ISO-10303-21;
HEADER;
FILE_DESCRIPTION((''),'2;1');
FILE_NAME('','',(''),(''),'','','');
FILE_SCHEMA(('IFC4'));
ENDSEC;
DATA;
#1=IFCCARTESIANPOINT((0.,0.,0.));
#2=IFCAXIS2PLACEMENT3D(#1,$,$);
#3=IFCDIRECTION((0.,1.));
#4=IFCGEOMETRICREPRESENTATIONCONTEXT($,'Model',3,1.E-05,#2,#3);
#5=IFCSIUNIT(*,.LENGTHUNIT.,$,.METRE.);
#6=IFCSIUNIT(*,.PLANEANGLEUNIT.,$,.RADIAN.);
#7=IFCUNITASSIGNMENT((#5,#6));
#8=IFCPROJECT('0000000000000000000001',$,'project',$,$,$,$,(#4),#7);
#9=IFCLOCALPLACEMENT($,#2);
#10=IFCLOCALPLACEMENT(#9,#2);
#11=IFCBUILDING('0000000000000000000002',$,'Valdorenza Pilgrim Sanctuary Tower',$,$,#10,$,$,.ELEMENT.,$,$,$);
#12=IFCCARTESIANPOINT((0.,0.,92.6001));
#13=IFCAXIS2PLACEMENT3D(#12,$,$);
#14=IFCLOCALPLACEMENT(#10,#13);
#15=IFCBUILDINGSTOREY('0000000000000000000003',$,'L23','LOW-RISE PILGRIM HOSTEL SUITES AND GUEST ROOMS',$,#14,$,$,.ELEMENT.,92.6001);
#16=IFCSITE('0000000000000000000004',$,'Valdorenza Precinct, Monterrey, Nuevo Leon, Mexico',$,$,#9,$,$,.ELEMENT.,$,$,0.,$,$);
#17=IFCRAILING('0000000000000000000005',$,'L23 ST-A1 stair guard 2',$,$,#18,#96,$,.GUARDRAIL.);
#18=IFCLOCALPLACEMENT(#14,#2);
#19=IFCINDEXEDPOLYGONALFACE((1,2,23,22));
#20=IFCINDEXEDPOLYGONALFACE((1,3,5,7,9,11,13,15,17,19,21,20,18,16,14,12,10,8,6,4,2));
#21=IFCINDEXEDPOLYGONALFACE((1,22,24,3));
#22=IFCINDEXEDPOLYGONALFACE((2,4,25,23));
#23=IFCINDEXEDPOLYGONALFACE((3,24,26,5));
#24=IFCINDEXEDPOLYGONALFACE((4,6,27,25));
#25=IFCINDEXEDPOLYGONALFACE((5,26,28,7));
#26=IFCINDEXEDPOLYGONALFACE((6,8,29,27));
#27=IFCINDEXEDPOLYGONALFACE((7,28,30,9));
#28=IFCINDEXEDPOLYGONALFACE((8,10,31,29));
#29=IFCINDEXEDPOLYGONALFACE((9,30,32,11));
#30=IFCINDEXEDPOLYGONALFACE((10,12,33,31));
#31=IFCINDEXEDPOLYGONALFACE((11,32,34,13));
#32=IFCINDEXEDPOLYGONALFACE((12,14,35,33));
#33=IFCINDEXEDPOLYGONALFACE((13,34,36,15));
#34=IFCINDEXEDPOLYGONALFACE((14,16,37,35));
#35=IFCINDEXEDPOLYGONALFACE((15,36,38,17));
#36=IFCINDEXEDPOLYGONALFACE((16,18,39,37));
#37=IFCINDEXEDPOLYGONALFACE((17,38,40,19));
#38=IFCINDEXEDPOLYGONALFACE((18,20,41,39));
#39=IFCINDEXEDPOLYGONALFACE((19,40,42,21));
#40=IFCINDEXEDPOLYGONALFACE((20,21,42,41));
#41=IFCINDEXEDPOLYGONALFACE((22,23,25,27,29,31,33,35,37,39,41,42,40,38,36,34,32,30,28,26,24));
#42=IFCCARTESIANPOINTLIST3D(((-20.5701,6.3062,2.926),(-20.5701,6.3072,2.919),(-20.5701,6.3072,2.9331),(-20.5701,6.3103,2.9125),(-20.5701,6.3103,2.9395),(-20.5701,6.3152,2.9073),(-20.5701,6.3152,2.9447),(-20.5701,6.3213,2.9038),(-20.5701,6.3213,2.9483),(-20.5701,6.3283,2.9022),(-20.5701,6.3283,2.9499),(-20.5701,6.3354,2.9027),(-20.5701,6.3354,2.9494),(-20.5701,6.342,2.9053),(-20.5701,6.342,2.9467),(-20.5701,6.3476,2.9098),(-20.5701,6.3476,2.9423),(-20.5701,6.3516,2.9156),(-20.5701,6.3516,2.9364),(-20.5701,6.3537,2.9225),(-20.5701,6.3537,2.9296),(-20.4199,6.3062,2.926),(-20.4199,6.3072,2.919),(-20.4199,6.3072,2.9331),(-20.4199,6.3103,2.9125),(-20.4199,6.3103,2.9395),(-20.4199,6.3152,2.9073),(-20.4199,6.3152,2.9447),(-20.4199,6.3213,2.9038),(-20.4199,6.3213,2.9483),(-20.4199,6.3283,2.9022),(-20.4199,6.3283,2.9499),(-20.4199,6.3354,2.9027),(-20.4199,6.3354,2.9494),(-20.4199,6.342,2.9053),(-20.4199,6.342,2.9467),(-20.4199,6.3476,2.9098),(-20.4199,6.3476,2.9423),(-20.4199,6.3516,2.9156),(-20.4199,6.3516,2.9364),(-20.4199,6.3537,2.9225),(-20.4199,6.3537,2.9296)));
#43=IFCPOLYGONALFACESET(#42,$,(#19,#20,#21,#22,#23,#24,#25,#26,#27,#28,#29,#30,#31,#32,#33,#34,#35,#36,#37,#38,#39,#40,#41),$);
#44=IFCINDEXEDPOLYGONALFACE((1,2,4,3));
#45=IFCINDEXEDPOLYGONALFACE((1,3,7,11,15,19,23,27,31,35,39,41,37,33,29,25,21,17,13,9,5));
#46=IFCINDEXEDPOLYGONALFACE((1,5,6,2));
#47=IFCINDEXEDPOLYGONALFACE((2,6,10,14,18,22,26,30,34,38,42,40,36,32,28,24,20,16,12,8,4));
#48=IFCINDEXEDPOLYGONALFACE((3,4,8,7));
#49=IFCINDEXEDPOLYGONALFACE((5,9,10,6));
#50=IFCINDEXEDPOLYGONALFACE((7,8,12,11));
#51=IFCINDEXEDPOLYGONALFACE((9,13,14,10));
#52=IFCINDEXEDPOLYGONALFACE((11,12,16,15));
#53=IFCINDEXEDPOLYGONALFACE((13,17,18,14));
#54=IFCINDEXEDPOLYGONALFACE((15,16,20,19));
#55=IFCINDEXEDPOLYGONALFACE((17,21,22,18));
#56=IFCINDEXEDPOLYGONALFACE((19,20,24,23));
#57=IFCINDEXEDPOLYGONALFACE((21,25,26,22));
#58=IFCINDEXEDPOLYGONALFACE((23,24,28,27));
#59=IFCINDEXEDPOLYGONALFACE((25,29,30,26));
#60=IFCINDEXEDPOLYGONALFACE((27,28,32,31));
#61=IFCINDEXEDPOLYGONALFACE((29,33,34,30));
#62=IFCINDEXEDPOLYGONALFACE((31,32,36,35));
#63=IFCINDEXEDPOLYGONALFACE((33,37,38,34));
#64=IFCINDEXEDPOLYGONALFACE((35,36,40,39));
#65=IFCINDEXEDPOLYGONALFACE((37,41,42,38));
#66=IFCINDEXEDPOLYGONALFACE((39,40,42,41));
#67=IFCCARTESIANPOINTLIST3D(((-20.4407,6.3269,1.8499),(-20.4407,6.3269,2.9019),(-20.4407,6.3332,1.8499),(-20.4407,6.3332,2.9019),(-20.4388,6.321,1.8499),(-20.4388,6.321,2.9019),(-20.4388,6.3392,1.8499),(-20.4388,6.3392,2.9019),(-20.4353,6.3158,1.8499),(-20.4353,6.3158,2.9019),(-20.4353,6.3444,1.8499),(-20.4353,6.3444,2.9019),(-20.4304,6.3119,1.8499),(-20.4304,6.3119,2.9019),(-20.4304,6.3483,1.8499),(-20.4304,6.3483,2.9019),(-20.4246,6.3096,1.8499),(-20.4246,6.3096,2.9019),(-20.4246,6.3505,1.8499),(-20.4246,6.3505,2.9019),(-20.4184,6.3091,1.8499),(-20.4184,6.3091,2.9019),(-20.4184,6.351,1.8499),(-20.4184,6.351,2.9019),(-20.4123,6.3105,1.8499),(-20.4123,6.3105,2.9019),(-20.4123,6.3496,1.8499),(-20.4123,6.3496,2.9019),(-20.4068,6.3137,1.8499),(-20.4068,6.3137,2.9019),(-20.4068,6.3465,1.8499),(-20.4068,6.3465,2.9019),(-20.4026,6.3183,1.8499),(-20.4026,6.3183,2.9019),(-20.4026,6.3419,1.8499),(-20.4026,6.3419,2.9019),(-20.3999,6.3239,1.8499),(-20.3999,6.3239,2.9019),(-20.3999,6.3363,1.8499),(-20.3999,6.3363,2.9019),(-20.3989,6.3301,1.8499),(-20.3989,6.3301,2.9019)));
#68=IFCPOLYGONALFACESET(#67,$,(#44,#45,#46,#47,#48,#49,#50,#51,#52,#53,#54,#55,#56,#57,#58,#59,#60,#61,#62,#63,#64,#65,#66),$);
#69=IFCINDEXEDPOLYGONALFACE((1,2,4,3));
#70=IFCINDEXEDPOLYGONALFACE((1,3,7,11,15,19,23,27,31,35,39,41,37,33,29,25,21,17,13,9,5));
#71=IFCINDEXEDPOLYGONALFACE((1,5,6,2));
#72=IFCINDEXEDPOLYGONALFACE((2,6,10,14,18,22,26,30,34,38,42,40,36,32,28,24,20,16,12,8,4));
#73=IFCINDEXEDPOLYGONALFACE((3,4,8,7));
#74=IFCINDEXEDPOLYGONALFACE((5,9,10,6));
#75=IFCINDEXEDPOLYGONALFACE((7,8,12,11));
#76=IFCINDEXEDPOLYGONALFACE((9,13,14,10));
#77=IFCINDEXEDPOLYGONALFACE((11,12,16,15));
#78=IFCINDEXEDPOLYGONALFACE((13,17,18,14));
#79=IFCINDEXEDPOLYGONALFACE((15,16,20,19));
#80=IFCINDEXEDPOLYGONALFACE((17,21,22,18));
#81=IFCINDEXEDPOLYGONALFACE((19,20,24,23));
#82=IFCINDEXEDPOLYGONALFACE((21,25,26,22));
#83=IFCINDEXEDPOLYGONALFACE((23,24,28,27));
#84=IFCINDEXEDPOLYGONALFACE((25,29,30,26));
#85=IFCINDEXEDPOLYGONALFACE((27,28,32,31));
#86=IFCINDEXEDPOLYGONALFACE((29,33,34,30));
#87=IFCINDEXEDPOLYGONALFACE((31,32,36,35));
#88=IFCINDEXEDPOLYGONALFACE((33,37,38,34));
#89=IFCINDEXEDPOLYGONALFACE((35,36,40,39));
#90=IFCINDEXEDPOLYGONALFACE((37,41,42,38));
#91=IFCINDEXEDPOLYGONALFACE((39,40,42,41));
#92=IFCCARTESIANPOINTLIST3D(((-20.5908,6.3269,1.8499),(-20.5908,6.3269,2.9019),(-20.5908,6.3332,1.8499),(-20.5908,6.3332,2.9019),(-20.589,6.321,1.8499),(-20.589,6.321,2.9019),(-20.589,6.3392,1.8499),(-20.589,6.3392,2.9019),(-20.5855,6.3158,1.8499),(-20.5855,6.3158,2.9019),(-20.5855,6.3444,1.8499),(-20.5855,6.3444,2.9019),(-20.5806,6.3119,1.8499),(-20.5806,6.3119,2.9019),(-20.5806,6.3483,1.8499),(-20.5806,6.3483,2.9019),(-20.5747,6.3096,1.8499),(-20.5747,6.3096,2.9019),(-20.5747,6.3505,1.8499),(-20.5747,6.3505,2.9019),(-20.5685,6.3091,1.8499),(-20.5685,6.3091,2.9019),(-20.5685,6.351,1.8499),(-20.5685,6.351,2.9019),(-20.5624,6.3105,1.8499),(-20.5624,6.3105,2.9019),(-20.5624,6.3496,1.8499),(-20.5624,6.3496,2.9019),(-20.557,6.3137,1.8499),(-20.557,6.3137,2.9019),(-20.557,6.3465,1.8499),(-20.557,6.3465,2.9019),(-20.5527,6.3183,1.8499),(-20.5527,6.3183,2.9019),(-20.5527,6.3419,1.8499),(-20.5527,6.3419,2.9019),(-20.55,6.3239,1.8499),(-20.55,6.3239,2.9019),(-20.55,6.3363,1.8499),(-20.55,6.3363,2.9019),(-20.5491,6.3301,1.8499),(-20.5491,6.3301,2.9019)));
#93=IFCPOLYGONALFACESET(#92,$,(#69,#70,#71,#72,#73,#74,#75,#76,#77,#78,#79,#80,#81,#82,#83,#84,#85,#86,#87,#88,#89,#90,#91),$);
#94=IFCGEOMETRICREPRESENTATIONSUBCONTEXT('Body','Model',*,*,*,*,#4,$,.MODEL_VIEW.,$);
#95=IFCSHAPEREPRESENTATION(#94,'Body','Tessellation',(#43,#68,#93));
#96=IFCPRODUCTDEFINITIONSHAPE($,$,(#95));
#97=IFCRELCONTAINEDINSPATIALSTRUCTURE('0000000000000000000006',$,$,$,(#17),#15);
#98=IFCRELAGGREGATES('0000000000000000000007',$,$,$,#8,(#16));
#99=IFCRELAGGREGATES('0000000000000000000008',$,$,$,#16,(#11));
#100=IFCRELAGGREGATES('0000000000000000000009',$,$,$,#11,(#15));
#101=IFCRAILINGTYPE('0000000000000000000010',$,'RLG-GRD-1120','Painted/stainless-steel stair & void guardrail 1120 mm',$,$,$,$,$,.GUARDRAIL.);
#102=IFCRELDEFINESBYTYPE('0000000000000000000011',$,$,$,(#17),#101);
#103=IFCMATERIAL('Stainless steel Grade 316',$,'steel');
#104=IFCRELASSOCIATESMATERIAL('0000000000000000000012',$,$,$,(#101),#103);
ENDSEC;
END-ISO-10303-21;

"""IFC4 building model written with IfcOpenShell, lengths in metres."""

from ifc_helpers import new_model, si_unit, direction, frame, origin, origin_2d, place, context, subcontext, project, spatial, circle, extrude, material, type_object, element, save


model = new_model("IFC4")

# Units and contexts
model_context = context("Model", 3, precision=1e-05, world=origin(), true_north=direction((0.0, 1.0)))
body_context = subcontext(model_context, "Body", "Model", "MODEL_VIEW")
ifc_project = project(units=[si_unit("LENGTHUNIT", "METRE"), si_unit("PLANEANGLEUNIT", "RADIAN")], contexts=[model_context])

# Site, building, storey
site_placement = place(None, origin())
site = spatial("IfcSite", under=ifc_project, at=site_placement, Name="Valdorenza Precinct, Monterrey, Nuevo Leon, Mexico", CompositionType="ELEMENT", RefElevation=0.0)
building_placement = place(site_placement, origin())
building = spatial("IfcBuilding", under=site, at=building_placement, Name="Valdorenza Pilgrim Sanctuary Tower", CompositionType="ELEMENT")
storey_placement = place(building_placement, frame((0.0, 0.0, 92.6001)))
storey = spatial("IfcBuildingStorey", under=building, at=storey_placement, Name="L23", Description="LOW-RISE PILGRIM HOSTEL SUITES AND GUEST ROOMS", CompositionType="ELEMENT", Elevation=92.6001)

# Railing
ifc_material_1 = material(Name="Stainless steel Grade 316", Category="steel")
railing_type_1 = type_object("IfcRailingType", Name="RLG-GRD-1120", Description="Painted/stainless-steel stair & void guardrail 1120 mm", PredefinedType="GUARDRAIL", material=ifc_material_1)
railing_1_placement = place(storey_placement, frame((-20.4199, 6.3301, 1.8499)))
element("IfcRailing", 1, at=railing_1_placement, inside=storey, type_object=railing_type_1, Name="L23 ST-A1 stair guard 2", PredefinedType="GUARDRAIL", context=body_context, shape_type="SweptSolid", body=[
    extrude(circle(Radius=0.0239, at=origin_2d()), frame((0.0, 0.0, 1.0762), z_axis=(-1.0, 0.0, 0.0), x_axis=(0.0, -1.0, 0.0)), (0.0, 0.0, 1.0), 0.1501),
    extrude(circle(Radius=0.021, at=origin_2d()), origin(), (0.0, 0.0, 1.0), 1.052),
    extrude(circle(Radius=0.021, at=origin_2d()), frame((-0.1501, 0.0, 0.0)), (0.0, 0.0, 1.0), 1.052),
])

save(model, "model.ifc")
